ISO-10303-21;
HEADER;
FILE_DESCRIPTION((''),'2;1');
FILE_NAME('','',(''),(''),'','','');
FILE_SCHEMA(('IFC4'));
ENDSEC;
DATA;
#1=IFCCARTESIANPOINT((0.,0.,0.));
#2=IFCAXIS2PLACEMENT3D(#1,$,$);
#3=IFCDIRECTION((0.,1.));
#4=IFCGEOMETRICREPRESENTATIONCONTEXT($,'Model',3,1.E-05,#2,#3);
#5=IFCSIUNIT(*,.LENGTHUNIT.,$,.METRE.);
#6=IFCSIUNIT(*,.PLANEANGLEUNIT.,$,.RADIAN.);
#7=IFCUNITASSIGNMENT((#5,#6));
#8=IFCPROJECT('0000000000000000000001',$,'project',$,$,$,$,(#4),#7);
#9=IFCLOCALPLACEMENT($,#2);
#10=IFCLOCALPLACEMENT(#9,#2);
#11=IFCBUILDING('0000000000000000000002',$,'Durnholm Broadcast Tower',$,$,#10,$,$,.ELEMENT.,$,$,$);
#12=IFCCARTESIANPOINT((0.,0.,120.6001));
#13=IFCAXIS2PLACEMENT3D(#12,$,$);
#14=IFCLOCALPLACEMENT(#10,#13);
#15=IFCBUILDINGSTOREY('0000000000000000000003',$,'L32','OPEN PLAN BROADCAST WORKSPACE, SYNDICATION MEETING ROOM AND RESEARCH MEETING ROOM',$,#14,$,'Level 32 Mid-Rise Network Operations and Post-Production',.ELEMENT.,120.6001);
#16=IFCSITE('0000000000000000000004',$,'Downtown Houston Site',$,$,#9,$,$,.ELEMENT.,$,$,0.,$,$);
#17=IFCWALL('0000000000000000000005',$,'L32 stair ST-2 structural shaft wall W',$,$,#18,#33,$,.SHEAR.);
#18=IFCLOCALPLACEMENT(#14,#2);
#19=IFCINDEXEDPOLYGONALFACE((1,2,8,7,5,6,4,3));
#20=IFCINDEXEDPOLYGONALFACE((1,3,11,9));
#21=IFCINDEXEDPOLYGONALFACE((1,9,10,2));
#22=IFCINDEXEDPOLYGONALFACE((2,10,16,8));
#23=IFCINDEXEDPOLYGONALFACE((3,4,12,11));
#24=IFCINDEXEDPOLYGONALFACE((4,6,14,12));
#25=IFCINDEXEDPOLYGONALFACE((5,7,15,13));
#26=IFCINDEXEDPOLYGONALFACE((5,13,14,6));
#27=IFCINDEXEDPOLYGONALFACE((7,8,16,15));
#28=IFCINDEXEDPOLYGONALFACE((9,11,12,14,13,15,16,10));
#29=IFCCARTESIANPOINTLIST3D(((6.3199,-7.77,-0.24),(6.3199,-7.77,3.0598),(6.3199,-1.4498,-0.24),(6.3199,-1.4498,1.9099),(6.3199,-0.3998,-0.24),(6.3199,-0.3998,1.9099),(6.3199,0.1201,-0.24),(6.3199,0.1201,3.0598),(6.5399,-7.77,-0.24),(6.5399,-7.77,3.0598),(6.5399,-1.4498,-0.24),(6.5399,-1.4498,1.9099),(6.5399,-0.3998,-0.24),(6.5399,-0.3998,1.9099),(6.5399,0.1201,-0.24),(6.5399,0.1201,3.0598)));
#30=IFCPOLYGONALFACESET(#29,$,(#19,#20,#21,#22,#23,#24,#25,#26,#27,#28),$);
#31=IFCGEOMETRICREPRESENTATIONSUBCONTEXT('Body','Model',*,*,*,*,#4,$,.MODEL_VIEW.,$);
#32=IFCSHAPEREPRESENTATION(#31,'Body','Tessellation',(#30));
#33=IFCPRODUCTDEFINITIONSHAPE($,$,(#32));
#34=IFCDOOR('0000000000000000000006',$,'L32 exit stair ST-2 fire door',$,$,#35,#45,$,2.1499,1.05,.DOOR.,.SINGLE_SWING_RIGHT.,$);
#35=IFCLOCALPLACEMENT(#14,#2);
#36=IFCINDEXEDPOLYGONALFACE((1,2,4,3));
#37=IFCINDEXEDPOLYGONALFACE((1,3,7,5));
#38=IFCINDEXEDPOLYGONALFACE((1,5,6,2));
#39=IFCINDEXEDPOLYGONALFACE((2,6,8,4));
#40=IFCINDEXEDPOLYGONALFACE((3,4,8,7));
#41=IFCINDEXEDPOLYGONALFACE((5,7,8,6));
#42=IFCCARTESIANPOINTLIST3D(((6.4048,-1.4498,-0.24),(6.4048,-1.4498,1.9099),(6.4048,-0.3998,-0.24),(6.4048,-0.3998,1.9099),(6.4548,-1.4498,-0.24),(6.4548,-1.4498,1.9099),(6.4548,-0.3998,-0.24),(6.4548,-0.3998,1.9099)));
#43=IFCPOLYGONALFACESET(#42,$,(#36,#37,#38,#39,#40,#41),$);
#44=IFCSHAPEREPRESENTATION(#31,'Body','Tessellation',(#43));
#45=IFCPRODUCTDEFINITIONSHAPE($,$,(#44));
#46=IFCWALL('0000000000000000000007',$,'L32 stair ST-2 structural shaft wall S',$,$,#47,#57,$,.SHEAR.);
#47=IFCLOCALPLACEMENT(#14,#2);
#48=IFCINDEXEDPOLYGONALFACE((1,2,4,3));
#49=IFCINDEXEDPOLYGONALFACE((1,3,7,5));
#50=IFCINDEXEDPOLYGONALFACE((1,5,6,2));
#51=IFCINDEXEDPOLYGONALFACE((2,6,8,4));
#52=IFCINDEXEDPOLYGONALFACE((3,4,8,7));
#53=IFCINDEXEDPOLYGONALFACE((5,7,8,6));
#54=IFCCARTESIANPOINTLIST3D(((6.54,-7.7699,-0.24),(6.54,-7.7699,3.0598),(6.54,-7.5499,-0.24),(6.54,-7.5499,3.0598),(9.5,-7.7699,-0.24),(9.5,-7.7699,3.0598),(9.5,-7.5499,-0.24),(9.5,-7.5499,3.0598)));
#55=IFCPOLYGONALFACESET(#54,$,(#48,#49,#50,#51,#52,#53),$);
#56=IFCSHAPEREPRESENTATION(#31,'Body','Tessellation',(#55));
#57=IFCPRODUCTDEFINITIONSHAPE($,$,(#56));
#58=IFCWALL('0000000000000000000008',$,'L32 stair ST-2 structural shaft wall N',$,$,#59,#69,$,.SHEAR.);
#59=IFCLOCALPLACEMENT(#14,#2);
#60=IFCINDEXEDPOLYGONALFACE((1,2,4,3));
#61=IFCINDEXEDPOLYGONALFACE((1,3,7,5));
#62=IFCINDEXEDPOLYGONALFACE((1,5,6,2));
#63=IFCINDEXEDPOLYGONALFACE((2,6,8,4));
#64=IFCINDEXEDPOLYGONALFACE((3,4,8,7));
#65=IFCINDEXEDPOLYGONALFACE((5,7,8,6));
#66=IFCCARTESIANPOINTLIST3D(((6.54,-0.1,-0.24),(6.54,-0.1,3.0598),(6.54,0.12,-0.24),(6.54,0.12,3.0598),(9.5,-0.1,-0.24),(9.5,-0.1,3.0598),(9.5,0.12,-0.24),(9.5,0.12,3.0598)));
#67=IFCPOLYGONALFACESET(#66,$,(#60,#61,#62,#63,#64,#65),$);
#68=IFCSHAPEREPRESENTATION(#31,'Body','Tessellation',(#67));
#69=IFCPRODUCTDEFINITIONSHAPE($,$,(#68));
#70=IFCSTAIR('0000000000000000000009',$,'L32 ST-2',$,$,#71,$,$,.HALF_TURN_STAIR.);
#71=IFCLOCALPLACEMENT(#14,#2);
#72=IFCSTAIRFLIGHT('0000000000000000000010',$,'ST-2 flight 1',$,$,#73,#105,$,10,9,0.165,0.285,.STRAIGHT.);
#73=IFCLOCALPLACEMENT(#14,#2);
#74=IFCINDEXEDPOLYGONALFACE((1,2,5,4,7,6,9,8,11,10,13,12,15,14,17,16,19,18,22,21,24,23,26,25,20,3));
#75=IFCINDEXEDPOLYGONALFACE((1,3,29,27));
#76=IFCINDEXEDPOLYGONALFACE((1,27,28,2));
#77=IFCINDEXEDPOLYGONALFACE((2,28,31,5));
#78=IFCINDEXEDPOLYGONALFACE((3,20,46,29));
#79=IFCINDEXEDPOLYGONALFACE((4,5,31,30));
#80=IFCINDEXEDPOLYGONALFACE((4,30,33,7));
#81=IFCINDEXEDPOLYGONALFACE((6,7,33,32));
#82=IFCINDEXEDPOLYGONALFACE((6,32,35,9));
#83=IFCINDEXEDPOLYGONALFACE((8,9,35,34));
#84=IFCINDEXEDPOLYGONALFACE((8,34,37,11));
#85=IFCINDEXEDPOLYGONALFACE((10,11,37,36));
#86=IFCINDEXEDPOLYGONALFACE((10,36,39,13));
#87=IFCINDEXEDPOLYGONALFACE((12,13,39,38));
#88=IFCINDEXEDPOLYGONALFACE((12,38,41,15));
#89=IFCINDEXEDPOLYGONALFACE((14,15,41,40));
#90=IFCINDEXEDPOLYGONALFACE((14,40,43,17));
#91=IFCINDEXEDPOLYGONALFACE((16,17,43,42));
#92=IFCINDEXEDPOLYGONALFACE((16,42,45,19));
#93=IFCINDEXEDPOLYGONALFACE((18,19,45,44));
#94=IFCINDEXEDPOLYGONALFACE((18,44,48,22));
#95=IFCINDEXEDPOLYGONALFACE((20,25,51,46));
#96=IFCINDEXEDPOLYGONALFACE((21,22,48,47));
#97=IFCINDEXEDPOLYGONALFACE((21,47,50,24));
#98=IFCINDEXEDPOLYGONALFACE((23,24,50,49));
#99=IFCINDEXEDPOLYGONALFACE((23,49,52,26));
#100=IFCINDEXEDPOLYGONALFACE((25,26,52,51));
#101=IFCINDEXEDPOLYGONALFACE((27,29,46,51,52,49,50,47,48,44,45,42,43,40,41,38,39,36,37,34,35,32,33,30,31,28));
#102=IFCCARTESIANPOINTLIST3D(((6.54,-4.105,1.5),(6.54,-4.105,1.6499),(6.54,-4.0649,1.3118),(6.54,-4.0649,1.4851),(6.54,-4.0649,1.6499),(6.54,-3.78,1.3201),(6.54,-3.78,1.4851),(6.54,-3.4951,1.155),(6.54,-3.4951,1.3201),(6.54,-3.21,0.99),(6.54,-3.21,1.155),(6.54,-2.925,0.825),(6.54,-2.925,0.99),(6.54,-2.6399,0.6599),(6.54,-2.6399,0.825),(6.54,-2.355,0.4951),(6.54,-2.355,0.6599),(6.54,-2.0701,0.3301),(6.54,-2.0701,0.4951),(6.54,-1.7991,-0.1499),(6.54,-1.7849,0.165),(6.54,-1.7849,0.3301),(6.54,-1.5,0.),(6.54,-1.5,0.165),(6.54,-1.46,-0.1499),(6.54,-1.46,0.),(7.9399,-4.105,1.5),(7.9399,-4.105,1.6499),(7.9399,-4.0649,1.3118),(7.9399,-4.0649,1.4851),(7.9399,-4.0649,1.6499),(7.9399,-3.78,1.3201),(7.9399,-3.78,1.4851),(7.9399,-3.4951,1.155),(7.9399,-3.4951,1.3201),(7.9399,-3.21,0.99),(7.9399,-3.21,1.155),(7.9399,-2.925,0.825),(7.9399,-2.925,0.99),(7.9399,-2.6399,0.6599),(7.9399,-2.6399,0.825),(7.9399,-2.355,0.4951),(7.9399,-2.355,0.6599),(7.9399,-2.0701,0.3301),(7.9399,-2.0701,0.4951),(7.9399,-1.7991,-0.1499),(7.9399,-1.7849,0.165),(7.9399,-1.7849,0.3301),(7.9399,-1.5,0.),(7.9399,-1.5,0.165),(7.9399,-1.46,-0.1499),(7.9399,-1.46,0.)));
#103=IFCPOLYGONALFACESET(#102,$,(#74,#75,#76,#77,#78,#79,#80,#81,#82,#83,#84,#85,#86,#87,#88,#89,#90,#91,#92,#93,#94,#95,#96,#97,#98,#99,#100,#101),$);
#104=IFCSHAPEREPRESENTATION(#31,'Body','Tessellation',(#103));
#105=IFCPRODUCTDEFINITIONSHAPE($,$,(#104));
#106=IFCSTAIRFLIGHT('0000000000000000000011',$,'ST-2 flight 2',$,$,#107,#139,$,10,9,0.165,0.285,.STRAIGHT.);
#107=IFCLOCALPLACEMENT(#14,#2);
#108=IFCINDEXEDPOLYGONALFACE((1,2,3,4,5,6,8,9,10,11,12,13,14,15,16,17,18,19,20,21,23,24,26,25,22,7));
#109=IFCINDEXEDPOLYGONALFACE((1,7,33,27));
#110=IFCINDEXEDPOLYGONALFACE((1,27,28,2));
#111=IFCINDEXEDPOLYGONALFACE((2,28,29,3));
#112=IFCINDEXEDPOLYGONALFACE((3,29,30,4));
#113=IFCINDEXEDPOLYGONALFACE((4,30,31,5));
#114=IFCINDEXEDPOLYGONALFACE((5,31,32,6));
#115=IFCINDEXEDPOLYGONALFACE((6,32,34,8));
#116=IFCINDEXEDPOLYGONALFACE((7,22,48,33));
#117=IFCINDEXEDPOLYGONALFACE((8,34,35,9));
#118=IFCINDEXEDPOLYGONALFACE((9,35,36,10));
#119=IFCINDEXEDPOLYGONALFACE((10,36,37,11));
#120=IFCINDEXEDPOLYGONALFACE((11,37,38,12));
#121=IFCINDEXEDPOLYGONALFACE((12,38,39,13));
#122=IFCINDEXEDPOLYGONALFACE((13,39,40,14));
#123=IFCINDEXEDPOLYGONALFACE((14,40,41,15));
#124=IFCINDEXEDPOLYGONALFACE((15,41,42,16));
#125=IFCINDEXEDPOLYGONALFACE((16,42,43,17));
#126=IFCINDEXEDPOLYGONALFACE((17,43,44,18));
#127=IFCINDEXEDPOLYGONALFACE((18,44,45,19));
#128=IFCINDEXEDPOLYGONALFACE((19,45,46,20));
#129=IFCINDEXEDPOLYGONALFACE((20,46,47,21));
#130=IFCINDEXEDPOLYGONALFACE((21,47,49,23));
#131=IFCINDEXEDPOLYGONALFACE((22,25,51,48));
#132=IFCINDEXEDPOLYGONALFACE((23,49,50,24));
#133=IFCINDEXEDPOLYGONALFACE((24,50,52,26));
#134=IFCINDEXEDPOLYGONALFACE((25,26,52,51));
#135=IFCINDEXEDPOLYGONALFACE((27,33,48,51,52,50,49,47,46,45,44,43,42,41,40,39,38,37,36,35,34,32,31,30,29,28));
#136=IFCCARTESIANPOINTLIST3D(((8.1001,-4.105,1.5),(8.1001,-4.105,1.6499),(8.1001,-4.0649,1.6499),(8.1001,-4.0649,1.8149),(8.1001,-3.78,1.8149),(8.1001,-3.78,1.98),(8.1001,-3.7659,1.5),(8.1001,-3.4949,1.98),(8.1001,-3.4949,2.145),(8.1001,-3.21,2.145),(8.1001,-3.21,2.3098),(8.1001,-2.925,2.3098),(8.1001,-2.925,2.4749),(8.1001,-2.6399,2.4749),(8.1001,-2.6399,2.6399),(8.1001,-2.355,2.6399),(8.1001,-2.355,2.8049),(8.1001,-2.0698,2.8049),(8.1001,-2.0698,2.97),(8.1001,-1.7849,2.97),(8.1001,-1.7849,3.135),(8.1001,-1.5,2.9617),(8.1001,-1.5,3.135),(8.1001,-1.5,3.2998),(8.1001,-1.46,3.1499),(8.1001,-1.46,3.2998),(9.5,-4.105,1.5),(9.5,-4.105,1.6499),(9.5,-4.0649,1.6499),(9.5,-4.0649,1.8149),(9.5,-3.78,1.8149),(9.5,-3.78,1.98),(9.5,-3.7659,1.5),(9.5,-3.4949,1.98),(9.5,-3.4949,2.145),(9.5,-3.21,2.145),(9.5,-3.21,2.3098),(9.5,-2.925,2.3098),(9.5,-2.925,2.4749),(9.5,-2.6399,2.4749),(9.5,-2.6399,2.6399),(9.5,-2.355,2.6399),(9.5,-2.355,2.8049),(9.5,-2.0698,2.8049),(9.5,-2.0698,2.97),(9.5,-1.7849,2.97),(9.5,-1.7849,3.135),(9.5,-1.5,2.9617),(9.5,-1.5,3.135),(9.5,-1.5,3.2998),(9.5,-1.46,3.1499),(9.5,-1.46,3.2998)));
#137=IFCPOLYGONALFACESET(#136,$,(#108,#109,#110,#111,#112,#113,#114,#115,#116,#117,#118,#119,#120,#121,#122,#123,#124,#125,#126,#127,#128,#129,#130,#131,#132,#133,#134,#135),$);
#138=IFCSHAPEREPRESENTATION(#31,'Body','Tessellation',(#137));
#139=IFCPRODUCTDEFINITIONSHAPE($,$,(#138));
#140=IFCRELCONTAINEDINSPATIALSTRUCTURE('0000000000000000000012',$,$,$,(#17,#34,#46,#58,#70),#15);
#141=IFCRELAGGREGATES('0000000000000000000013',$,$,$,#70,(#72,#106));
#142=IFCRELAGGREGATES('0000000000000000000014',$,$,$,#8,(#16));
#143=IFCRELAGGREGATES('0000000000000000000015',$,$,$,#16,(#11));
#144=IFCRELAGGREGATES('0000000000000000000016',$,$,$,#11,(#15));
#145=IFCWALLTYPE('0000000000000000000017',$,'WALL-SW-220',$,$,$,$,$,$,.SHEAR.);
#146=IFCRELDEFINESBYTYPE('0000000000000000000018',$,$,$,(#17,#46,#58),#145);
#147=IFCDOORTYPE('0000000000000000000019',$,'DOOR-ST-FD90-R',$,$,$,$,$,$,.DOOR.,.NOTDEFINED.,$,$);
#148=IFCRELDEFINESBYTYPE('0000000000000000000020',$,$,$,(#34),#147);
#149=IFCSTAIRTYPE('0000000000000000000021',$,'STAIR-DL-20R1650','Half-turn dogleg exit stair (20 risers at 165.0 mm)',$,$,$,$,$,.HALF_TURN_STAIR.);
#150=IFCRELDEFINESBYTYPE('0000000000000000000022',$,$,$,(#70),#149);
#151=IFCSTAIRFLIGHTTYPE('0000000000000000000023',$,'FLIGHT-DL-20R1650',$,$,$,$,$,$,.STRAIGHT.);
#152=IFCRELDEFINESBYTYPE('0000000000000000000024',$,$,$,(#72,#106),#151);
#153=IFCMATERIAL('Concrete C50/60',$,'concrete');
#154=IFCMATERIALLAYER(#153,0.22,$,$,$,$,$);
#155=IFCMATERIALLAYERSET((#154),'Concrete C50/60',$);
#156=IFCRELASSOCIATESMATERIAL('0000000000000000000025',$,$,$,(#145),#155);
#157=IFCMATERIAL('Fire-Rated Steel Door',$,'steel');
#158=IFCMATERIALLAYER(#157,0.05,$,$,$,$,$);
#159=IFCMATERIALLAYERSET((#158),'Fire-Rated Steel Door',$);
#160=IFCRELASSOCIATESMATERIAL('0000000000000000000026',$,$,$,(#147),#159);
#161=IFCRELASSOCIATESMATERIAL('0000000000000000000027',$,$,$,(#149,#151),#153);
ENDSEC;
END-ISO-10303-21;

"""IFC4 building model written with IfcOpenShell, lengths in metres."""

from ifc_helpers import new_model, si_unit, direction, frame, frame_2d, origin, place, context, subcontext, project, spatial, polyline, rectangle, outline, extrude, source, transform, mapped, material, layer, layer_set, type_object, type_shapes, element, fill, aggregate, save


model = new_model("IFC4")

# Units and contexts
model_context = context("Model", 3, precision=1e-05, world=origin(), true_north=direction((0.0, 1.0)))
body_context = subcontext(model_context, "Body", "Model", "MODEL_VIEW")
ifc_project = project(units=[si_unit("LENGTHUNIT", "METRE"), si_unit("PLANEANGLEUNIT", "RADIAN")], contexts=[model_context])

# Site, building, storey
site_placement = place(None, origin())
site = spatial("IfcSite", under=ifc_project, at=site_placement, Name="Downtown Houston Site", CompositionType="ELEMENT", RefElevation=0.0)
building_placement = place(site_placement, origin())
building = spatial("IfcBuilding", under=site, at=building_placement, Name="Durnholm Broadcast Tower", CompositionType="ELEMENT")
storey_placement = place(building_placement, frame((0.0, 0.0, 120.6001)))
storey = spatial("IfcBuildingStorey", under=building, at=storey_placement, Name="L32", Description="OPEN PLAN BROADCAST WORKSPACE, SYNDICATION MEETING ROOM AND RESEARCH MEETING ROOM", LongName="Level 32 Mid-Rise Network Operations and Post-Production", CompositionType="ELEMENT", Elevation=120.6001)

# Shared definitions
ifc_material_1 = material(Name="Concrete C50/60", Category="concrete")
ifc_layer_1 = layer(ifc_material_1, 0.22)
ifc_layer_set_1 = layer_set([ifc_layer_1], Name="Concrete C50/60")
wall_type_1 = type_object("IfcWallType", Name="WALL-SW-220", PredefinedType="SHEAR", material=ifc_layer_set_1)

# Wall, opening, door
wall_1_placement = place(storey_placement, frame((6.4299, 0.1201, -0.24), z_axis=(0.0, 0.0, 1.0), x_axis=(0.0, -1.0, 0.0)))
wall_1 = element("IfcWall", 1, at=wall_1_placement, inside=storey, type_object=wall_type_1, Name="L32 stair ST-2 structural shaft wall W", PredefinedType="SHEAR", context=body_context, shape_type="SweptSolid", body=[
    extrude(rectangle(XDim=7.8901, YDim=0.22, at=frame_2d((3.9451, 0.0))), origin(), (0.0, 0.0, 1.0), 3.2998),
])
opening_1_placement = place(wall_1_placement, frame((0.52, 0.0, 0.0)))
opening_1 = element("IfcOpeningElement", 2, at=opening_1_placement, cuts=wall_1, PredefinedType="OPENING", context=body_context, shape_type="SweptSolid", body=[
    extrude(rectangle(XDim=1.05, YDim=2.1499, at=frame_2d((0.5249, 1.075))), frame((0.0, 0.1201, 0.0), z_axis=(0.0, -1.0, 0.0), x_axis=(1.0, 0.0, 0.0)), (0.0, 0.0, 1.0), 0.24),
])
ifc_material_2 = material(Name="Fire-Rated Steel Door", Category="steel")
ifc_layer_2 = layer(ifc_material_2, 0.05)
ifc_layer_set_2 = layer_set([ifc_layer_2], Name="Fire-Rated Steel Door")
door_type_1 = type_object("IfcDoorType", Name="DOOR-ST-FD90-R", OperationType="NOTDEFINED", PredefinedType="DOOR", material=ifc_layer_set_2)
shared_shape_1 = source(origin(), body_context, "Body", "SweptSolid", [
    extrude(rectangle(XDim=1.05, YDim=2.1499, at=frame_2d((0.5249, 1.075))), frame((0.0, 0.0249, 0.0), z_axis=(0.0, -1.0, 0.0), x_axis=(1.0, 0.0, 0.0)), (0.0, 0.0, 1.0), 0.05),
])
type_shapes(door_type_1, [shared_shape_1])
door_1_placement = place(opening_1_placement, origin())
door_1 = element("IfcDoor", 3, at=door_1_placement, inside=storey, type_object=door_type_1, Name="L32 exit stair ST-2 fire door", OperationType="SINGLE_SWING_RIGHT", OverallHeight=2.1499, OverallWidth=1.05, PredefinedType="DOOR", context=body_context, shape_type="MappedRepresentation", body=[
    mapped(shared_shape_1, transform((0.0, 0.0, 0.0), x_axis=(1.0, 0.0, 0.0), y_axis=(0.0, 1.0, 0.0), z_axis=(0.0, 0.0, 1.0), scale=1.0)),
])
fill(opening_1, door_1)

# Walls
for number, where, z_axis, x_axis, name in (
    (4, (6.54, -7.6599, -0.24), (0.0, 0.0, 1.0), (1.0, 0.0, 0.0), "L32 stair ST-2 structural shaft wall S"),
    (5, (9.5, 0.01, -0.24), (0.0, 0.0, 1.0), (-1.0, 0.0, 0.0), "L32 stair ST-2 structural shaft wall N"),
):
    element("IfcWall", number, at=place(storey_placement, frame(where, z_axis=z_axis, x_axis=x_axis)), inside=storey, type_object=wall_type_1, Name=name, PredefinedType="SHEAR", context=body_context, shape_type="SweptSolid", body=[
        extrude(rectangle(XDim=2.96, YDim=0.22, at=frame_2d((1.48, 0.0))), origin(), (0.0, 0.0, 1.0), 3.2998),
    ])

# Stair, stair flights
stair_type = type_object("IfcStairType", Name="STAIR-DL-20R1650", Description="Half-turn dogleg exit stair (20 risers at 165.0 mm)", PredefinedType="HALF_TURN_STAIR", material=ifc_material_1)
stair_placement = place(storey_placement, origin())
stair = element("IfcStair", 6, at=stair_placement, inside=storey, type_object=stair_type, Name="L32 ST-2", PredefinedType="HALF_TURN_STAIR")
stair_flight_type = type_object("IfcStairFlightType", Name="FLIGHT-DL-20R1650", PredefinedType="STRAIGHT", material=ifc_material_1)
stair_flight_1_placement = place(storey_placement, frame((7.24, -1.5, 0.0), z_axis=(0.0, 0.0, 1.0), x_axis=(0.0, -1.0, 0.0)))
stair_flight_1 = element("IfcStairFlight", 7, at=stair_flight_1_placement, type_object=stair_flight_type, Name="ST-2 flight 1", NumberOfRisers=10, NumberOfTreads=9, PredefinedType="STRAIGHT", RiserHeight=0.165, TreadLength=0.285, context=body_context, shape_type="SweptSolid", body=[
    extrude(outline(polyline([(-0.04, -0.1499), (-0.04, 0.0), (0.0, 0.0), (0.0, 0.165), (0.2849, 0.165), (0.2849, 0.3301), (0.5701, 0.3301), (0.5701, 0.4951), (0.855, 0.4951), (0.855, 0.6599), (1.1399, 0.6599), (1.1399, 0.825), (1.425, 0.825), (1.425, 0.99), (1.71, 0.99), (1.71, 1.155), (1.9951, 1.155), (1.9951, 1.3201), (2.28, 1.3201), (2.28, 1.4851), (2.5649, 1.4851), (2.5649, 1.6499), (2.605, 1.6499), (2.605, 1.5), (2.5649, 1.3118), (0.2991, -0.1499), (-0.04, -0.1499)])), frame((0.0, 0.7, 0.0), z_axis=(0.0, -1.0, 0.0), x_axis=(1.0, 0.0, 0.0)), (0.0, 0.0, 1.0), 1.3999),
])
stair_flight_2_placement = place(storey_placement, frame((8.8, -4.0649, 1.6499), z_axis=(0.0, 0.0, 1.0), x_axis=(0.0, 1.0, 0.0)))
stair_flight_2 = element("IfcStairFlight", 8, at=stair_flight_2_placement, type_object=stair_flight_type, Name="ST-2 flight 2", NumberOfRisers=10, NumberOfTreads=9, PredefinedType="STRAIGHT", RiserHeight=0.165, TreadLength=0.285, context=body_context, shape_type="SweptSolid", body=[
    extrude(outline(polyline([(-0.04, -0.1499), (-0.04, 0.0), (0.0, 0.0), (0.0, 0.165), (0.2849, 0.165), (0.2849, 0.3301), (0.5701, 0.3301), (0.5701, 0.4951), (0.855, 0.4951), (0.855, 0.6599), (1.1399, 0.6599), (1.1399, 0.825), (1.425, 0.825), (1.425, 0.99), (1.71, 0.99), (1.71, 1.155), (1.9951, 1.155), (1.9951, 1.3201), (2.28, 1.3201), (2.28, 1.4851), (2.5649, 1.4851), (2.5649, 1.6499), (2.605, 1.6499), (2.605, 1.5), (2.5649, 1.3118), (0.2991, -0.1499), (-0.04, -0.1499)])), frame((0.0, 0.7, 0.0), z_axis=(0.0, -1.0, 0.0), x_axis=(1.0, 0.0, 0.0)), (0.0, 0.0, 1.0), 1.3999),
])
aggregate(stair, [stair_flight_1, stair_flight_2])

save(model, "model.ifc")
